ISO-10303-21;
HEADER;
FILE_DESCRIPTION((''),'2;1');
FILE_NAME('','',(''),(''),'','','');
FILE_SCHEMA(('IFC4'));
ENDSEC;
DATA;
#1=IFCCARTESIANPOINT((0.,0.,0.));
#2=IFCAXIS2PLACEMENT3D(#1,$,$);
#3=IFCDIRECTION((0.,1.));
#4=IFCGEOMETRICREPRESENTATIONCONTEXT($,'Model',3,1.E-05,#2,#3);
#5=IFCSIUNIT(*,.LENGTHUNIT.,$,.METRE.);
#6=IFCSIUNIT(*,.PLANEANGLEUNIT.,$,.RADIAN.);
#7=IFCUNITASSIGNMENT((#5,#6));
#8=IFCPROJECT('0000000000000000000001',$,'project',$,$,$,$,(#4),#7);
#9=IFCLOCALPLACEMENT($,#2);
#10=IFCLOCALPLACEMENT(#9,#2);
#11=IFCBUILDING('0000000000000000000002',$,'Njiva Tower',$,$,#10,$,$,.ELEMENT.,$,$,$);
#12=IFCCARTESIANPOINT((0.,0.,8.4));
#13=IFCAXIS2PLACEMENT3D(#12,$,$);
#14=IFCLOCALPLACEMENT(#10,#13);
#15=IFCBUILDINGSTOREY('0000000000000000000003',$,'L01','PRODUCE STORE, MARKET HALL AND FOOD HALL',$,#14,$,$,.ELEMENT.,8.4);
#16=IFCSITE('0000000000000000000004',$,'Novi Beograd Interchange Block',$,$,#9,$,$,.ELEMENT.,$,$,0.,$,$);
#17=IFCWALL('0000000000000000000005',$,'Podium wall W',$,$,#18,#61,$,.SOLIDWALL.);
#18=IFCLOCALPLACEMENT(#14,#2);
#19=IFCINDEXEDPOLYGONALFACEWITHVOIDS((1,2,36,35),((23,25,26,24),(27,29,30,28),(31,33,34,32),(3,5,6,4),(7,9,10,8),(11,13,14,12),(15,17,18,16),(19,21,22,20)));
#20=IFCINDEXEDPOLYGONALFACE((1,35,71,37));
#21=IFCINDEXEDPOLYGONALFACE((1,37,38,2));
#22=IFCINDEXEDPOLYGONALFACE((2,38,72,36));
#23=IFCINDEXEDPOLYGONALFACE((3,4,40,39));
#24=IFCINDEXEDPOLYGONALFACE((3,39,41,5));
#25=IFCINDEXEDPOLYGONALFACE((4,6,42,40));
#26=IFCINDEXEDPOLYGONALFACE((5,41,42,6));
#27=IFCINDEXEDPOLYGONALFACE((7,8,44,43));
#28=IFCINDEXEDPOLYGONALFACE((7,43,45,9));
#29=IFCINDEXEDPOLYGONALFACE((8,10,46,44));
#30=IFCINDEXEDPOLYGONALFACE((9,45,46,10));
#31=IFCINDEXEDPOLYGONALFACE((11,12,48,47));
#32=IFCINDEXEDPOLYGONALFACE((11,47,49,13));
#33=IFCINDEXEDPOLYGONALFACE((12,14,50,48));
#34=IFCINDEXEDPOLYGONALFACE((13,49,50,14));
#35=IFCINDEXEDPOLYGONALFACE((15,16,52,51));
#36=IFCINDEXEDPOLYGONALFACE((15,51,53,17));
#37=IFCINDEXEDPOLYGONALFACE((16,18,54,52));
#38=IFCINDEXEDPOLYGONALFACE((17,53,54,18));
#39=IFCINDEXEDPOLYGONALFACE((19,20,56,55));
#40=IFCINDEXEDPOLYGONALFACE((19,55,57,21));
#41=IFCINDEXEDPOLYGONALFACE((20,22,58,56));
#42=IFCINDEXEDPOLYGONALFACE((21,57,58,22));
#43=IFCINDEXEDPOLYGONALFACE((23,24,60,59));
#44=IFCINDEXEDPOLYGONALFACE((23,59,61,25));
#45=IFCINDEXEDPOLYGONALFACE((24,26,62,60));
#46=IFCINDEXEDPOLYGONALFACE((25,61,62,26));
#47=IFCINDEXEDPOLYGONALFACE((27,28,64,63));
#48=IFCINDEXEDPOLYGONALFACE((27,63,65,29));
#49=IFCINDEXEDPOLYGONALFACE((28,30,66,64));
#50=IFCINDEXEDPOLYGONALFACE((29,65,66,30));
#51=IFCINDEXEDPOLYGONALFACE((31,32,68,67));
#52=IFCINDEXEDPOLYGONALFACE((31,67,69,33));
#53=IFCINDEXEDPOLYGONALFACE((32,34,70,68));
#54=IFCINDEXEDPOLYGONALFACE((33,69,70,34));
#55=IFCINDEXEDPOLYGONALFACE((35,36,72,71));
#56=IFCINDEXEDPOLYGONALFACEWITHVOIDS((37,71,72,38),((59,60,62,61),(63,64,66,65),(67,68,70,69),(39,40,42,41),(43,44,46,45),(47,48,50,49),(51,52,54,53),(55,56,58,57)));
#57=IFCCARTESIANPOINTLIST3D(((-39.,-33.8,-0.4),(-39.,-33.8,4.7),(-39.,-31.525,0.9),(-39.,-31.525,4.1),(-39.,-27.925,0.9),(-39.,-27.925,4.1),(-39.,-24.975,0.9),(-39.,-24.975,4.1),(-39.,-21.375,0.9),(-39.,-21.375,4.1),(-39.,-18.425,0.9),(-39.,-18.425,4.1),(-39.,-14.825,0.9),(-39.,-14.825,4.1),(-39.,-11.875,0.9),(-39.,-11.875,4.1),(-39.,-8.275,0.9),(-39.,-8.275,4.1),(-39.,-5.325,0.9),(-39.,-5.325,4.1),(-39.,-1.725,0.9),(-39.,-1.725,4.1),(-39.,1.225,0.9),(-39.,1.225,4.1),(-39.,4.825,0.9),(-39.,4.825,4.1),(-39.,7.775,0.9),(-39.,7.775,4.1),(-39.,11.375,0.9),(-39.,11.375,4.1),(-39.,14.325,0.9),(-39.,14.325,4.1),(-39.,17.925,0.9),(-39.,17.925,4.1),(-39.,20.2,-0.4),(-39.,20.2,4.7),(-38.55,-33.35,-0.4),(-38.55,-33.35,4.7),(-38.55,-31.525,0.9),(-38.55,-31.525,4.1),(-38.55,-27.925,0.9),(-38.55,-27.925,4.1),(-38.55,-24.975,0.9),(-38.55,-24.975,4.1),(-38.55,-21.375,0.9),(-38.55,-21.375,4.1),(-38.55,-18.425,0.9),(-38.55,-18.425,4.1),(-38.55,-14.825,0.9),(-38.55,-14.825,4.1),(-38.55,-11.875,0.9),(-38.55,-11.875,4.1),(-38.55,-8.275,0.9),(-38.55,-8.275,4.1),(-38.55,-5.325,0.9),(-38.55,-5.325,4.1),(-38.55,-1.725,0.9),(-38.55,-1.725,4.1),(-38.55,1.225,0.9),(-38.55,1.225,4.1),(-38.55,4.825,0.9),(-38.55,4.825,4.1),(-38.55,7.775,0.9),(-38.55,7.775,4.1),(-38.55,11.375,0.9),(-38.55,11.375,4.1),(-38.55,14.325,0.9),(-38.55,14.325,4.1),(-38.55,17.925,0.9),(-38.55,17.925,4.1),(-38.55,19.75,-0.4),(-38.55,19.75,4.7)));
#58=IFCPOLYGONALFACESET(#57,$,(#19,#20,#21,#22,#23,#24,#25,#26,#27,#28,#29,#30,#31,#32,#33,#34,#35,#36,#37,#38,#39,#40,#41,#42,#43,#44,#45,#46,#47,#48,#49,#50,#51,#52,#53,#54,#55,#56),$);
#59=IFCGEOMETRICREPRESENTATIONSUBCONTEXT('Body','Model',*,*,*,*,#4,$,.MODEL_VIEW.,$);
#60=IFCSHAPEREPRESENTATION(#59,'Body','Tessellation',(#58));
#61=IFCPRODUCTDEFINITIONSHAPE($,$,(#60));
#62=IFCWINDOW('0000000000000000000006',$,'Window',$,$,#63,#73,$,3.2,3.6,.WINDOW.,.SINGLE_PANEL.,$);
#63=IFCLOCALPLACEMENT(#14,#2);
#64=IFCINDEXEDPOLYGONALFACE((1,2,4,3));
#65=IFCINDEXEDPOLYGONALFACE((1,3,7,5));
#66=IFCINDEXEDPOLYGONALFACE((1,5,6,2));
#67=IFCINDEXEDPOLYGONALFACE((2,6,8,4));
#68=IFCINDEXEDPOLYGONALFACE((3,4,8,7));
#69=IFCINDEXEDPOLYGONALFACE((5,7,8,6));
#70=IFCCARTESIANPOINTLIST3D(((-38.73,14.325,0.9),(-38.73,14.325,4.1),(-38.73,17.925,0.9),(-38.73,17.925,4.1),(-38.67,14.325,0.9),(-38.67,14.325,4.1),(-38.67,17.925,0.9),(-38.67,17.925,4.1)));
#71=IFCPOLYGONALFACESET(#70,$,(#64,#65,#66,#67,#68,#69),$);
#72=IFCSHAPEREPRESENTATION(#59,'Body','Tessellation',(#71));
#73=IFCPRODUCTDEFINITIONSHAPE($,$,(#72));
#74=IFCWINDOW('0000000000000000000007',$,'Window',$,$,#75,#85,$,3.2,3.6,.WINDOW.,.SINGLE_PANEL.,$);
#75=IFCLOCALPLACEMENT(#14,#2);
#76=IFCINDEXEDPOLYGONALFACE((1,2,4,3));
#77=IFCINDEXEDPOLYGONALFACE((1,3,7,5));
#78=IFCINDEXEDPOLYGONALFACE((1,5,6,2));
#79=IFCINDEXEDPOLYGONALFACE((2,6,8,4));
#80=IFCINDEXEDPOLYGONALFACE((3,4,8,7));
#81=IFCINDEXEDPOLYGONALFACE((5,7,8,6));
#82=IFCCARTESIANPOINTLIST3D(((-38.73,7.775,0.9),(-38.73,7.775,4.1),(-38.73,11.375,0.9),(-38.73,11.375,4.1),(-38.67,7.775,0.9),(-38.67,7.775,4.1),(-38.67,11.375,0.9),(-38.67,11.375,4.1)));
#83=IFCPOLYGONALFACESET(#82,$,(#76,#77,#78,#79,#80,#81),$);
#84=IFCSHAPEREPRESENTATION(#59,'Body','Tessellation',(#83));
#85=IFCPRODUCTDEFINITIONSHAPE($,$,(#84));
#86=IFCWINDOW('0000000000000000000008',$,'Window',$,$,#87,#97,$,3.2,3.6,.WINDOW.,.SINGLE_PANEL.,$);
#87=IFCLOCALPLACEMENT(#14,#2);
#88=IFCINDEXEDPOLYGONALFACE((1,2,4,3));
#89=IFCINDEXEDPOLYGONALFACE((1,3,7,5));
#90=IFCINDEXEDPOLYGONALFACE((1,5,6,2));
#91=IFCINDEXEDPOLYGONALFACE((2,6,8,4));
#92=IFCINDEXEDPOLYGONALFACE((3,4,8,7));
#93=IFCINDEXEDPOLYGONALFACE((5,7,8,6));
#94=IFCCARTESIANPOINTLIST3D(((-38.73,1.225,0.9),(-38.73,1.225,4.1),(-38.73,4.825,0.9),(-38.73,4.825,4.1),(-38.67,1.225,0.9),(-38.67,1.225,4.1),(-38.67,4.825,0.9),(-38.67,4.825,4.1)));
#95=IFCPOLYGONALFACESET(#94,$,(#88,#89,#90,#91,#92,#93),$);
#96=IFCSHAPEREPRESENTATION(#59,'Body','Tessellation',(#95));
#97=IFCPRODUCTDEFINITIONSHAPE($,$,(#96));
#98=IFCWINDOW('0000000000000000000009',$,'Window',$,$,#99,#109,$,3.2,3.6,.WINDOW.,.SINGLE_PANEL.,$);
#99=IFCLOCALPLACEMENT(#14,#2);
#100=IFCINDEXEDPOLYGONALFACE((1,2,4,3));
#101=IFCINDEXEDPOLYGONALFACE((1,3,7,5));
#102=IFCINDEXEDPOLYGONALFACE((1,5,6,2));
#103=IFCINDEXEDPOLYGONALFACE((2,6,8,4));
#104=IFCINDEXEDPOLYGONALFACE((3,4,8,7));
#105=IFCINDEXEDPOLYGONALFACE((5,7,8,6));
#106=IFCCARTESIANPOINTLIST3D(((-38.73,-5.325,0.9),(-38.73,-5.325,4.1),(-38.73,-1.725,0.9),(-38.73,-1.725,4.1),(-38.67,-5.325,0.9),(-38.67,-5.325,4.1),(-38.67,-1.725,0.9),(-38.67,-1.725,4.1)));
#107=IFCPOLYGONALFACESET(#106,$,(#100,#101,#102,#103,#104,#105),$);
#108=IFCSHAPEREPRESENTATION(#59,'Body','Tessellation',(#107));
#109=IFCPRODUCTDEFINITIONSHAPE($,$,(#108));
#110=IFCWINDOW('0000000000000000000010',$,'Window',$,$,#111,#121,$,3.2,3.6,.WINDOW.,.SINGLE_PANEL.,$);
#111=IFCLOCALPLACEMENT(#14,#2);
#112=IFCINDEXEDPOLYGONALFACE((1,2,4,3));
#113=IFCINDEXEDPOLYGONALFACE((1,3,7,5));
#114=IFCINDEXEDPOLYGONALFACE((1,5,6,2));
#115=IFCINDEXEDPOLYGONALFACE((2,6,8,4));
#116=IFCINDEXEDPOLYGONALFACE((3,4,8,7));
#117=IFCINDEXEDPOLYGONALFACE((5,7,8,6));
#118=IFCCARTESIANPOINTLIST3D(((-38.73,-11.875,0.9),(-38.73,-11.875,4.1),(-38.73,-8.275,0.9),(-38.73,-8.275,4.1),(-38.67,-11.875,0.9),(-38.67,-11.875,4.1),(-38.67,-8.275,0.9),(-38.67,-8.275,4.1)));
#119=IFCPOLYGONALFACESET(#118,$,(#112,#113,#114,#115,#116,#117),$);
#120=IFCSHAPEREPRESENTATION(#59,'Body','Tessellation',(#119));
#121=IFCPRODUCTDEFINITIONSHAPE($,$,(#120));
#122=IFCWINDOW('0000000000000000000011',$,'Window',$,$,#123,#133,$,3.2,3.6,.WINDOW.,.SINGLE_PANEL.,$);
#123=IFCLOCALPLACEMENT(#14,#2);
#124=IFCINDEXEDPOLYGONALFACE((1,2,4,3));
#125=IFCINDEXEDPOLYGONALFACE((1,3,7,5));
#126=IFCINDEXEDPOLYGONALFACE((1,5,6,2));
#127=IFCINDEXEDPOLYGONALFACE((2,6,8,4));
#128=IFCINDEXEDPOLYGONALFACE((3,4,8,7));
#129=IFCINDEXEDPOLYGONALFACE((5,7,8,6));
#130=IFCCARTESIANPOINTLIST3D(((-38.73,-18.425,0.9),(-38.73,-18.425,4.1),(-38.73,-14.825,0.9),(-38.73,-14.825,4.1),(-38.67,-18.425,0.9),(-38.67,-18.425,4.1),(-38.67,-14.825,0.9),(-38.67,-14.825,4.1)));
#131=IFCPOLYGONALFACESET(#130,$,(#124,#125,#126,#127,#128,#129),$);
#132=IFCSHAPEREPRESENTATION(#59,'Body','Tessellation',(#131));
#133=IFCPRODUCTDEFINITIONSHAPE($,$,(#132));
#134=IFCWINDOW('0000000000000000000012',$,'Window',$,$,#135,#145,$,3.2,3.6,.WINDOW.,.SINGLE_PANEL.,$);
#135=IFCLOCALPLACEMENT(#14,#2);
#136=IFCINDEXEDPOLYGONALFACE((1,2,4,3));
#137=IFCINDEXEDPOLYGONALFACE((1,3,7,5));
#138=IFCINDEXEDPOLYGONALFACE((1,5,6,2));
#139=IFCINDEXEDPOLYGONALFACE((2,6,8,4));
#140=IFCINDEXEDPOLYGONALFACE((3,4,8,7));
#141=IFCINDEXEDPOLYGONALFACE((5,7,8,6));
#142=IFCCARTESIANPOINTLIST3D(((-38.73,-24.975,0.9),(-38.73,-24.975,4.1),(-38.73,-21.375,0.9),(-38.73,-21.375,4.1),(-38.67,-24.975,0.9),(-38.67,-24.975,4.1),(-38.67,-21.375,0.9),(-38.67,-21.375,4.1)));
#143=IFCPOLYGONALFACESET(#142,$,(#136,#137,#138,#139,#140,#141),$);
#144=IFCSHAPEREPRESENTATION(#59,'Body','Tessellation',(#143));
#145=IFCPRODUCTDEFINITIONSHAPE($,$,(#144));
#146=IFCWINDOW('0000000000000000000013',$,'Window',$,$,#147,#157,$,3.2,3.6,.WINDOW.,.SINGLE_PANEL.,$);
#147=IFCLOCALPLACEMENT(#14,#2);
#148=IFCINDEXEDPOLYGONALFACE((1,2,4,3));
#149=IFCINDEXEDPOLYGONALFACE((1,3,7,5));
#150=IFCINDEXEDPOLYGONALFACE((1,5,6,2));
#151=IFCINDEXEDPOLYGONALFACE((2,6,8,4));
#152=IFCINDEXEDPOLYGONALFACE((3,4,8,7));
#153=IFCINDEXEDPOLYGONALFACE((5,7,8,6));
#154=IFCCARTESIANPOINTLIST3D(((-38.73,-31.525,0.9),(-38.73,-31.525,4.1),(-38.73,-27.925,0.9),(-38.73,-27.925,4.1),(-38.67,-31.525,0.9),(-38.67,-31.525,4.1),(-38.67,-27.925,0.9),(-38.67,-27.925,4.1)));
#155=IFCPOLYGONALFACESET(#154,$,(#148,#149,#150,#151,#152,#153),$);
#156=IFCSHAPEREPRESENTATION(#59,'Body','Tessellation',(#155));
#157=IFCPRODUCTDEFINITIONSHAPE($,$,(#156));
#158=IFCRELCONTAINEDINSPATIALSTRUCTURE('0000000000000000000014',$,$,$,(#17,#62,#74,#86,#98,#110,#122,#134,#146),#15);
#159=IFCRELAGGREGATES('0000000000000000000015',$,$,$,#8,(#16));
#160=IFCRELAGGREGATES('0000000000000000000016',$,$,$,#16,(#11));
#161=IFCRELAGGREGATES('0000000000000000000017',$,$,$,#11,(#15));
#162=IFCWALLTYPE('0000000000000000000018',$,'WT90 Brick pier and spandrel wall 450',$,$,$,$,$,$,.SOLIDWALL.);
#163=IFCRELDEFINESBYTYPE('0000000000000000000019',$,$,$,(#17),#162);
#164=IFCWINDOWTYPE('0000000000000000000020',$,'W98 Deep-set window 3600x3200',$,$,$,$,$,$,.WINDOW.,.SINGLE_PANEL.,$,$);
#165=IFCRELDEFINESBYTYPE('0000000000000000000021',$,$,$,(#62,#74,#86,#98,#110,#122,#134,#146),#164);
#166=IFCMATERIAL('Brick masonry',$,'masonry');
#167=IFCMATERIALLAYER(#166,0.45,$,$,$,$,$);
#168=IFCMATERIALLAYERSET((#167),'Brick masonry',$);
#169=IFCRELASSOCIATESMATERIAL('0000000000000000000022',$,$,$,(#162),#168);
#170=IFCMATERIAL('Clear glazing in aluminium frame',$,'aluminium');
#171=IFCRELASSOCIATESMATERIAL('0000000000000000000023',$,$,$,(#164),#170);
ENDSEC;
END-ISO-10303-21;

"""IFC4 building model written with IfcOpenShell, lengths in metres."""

from ifc_helpers import new_model, si_unit, direction, frame, frame_2d, origin, place, context, subcontext, project, spatial, polyline, rectangle, outline, extrude, material, layer, layer_set, type_object, element, fill, save


model = new_model("IFC4")

# Units and contexts
model_context = context("Model", 3, precision=1e-05, world=origin(), true_north=direction((0.0, 1.0)))
body_context = subcontext(model_context, "Body", "Model", "MODEL_VIEW")
ifc_project = project(units=[si_unit("LENGTHUNIT", "METRE"), si_unit("PLANEANGLEUNIT", "RADIAN")], contexts=[model_context])

# Site, building, storey
site_placement = place(None, origin())
site = spatial("IfcSite", under=ifc_project, at=site_placement, Name="Novi Beograd Interchange Block", CompositionType="ELEMENT", RefElevation=0.0)
building_placement = place(site_placement, origin())
building = spatial("IfcBuilding", under=site, at=building_placement, Name="Njiva Tower", CompositionType="ELEMENT")
storey_placement = place(building_placement, frame((0.0, 0.0, 8.4)))
storey = spatial("IfcBuildingStorey", under=building, at=storey_placement, Name="L01", Description="PRODUCE STORE, MARKET HALL AND FOOD HALL", CompositionType="ELEMENT", Elevation=8.4)

# Wall, openings, windows
ifc_material_1 = material(Name="Brick masonry", Category="masonry")
ifc_layer = layer(ifc_material_1, 0.45)
ifc_layer_set = layer_set([ifc_layer], Name="Brick masonry")
wall_type = type_object("IfcWallType", Name="WT90 Brick pier and spandrel wall 450", PredefinedType="SOLIDWALL", material=ifc_layer_set)
wall_placement = place(storey_placement, frame((-38.775, 19.975, -0.4), z_axis=(0.0, 0.0, 1.0), x_axis=(0.0, -1.0, 0.0)))
wall = element("IfcWall", 1, at=wall_placement, inside=storey, type_object=wall_type, Name="Podium wall W", PredefinedType="SOLIDWALL", context=body_context, shape_type="SweptSolid", body=[
    extrude(outline(polyline([(-0.225, -0.225), (53.775, -0.225), (53.325, 0.225), (0.225, 0.225), (-0.225, -0.225)])), origin(), (0.0, 0.0, 1.0), 5.1),
])
opening_1_placement = place(wall_placement, frame((2.05, 0.0, 1.3)))
opening_1 = element("IfcOpeningElement", 2, at=opening_1_placement, cuts=wall, PredefinedType="OPENING", context=body_context, shape_type="SweptSolid", body=[
    extrude(rectangle(XDim=3.6, YDim=3.2, at=frame_2d((1.8, 1.6))), frame((0.0, 0.235, 0.0), z_axis=(0.0, -1.0, 0.0), x_axis=(1.0, 0.0, 0.0)), (0.0, 0.0, 1.0), 0.47),
])
opening_2_placement = place(wall_placement, frame((8.6, 0.0, 1.3)))
opening_2 = element("IfcOpeningElement", 3, at=opening_2_placement, cuts=wall, PredefinedType="OPENING", context=body_context, shape_type="SweptSolid", body=[
    extrude(rectangle(XDim=3.6, YDim=3.2, at=frame_2d((1.8, 1.6))), frame((0.0, 0.235, 0.0), z_axis=(0.0, -1.0, 0.0), x_axis=(1.0, 0.0, 0.0)), (0.0, 0.0, 1.0), 0.47),
])
opening_3_placement = place(wall_placement, frame((15.15, 0.0, 1.3)))
opening_3 = element("IfcOpeningElement", 4, at=opening_3_placement, cuts=wall, PredefinedType="OPENING", context=body_context, shape_type="SweptSolid", body=[
    extrude(rectangle(XDim=3.6, YDim=3.2, at=frame_2d((1.8, 1.6))), frame((0.0, 0.235, 0.0), z_axis=(0.0, -1.0, 0.0), x_axis=(1.0, 0.0, 0.0)), (0.0, 0.0, 1.0), 0.47),
])
opening_4_placement = place(wall_placement, frame((21.7, 0.0, 1.3)))
opening_4 = element("IfcOpeningElement", 5, at=opening_4_placement, cuts=wall, PredefinedType="OPENING", context=body_context, shape_type="SweptSolid", body=[
    extrude(rectangle(XDim=3.6, YDim=3.2, at=frame_2d((1.8, 1.6))), frame((0.0, 0.235, 0.0), z_axis=(0.0, -1.0, 0.0), x_axis=(1.0, 0.0, 0.0)), (0.0, 0.0, 1.0), 0.47),
])
opening_5_placement = place(wall_placement, frame((28.25, 0.0, 1.3)))
opening_5 = element("IfcOpeningElement", 6, at=opening_5_placement, cuts=wall, PredefinedType="OPENING", context=body_context, shape_type="SweptSolid", body=[
    extrude(rectangle(XDim=3.6, YDim=3.2, at=frame_2d((1.8, 1.6))), frame((0.0, 0.235, 0.0), z_axis=(0.0, -1.0, 0.0), x_axis=(1.0, 0.0, 0.0)), (0.0, 0.0, 1.0), 0.47),
])
opening_6_placement = place(wall_placement, frame((34.8, 0.0, 1.3)))
opening_6 = element("IfcOpeningElement", 7, at=opening_6_placement, cuts=wall, PredefinedType="OPENING", context=body_context, shape_type="SweptSolid", body=[
    extrude(rectangle(XDim=3.6, YDim=3.2, at=frame_2d((1.8, 1.6))), frame((0.0, 0.235, 0.0), z_axis=(0.0, -1.0, 0.0), x_axis=(1.0, 0.0, 0.0)), (0.0, 0.0, 1.0), 0.47),
])
opening_7_placement = place(wall_placement, frame((41.35, 0.0, 1.3)))
opening_7 = element("IfcOpeningElement", 8, at=opening_7_placement, cuts=wall, PredefinedType="OPENING", context=body_context, shape_type="SweptSolid", body=[
    extrude(rectangle(XDim=3.6, YDim=3.2, at=frame_2d((1.8, 1.6))), frame((0.0, 0.235, 0.0), z_axis=(0.0, -1.0, 0.0), x_axis=(1.0, 0.0, 0.0)), (0.0, 0.0, 1.0), 0.47),
])
opening_8_placement = place(wall_placement, frame((47.9, 0.0, 1.3)))
opening_8 = element("IfcOpeningElement", 9, at=opening_8_placement, cuts=wall, PredefinedType="OPENING", context=body_context, shape_type="SweptSolid", body=[
    extrude(rectangle(XDim=3.6, YDim=3.2, at=frame_2d((1.8, 1.6))), frame((0.0, 0.235, 0.0), z_axis=(0.0, -1.0, 0.0), x_axis=(1.0, 0.0, 0.0)), (0.0, 0.0, 1.0), 0.47),
])
ifc_material_2 = material(Name="Clear glazing in aluminium frame", Category="aluminium")
window_type = type_object("IfcWindowType", Name="W98 Deep-set window 3600x3200", PartitioningType="SINGLE_PANEL", PredefinedType="WINDOW", material=ifc_material_2)
window_1_placement = place(opening_1_placement, origin())
window_1 = element("IfcWindow", 10, at=window_1_placement, inside=storey, type_object=window_type, Name="Window", OverallHeight=3.2, OverallWidth=3.6, PartitioningType="SINGLE_PANEL", PredefinedType="WINDOW", context=body_context, shape_type="SweptSolid", body=[
    extrude(rectangle(XDim=3.6, YDim=3.2, at=frame_2d((1.8, 1.6))), frame((0.0, 0.105, 0.0), z_axis=(0.0, -1.0, 0.0), x_axis=(1.0, 0.0, 0.0)), (0.0, 0.0, 1.0), 0.06),
])
fill(opening_1, window_1)
window_2_placement = place(opening_2_placement, origin())
window_2 = element("IfcWindow", 11, at=window_2_placement, inside=storey, type_object=window_type, Name="Window", OverallHeight=3.2, OverallWidth=3.6, PartitioningType="SINGLE_PANEL", PredefinedType="WINDOW", context=body_context, shape_type="SweptSolid", body=[
    extrude(rectangle(XDim=3.6, YDim=3.2, at=frame_2d((1.8, 1.6))), frame((0.0, 0.105, 0.0), z_axis=(0.0, -1.0, 0.0), x_axis=(1.0, 0.0, 0.0)), (0.0, 0.0, 1.0), 0.06),
])
fill(opening_2, window_2)
window_3_placement = place(opening_3_placement, origin())
window_3 = element("IfcWindow", 12, at=window_3_placement, inside=storey, type_object=window_type, Name="Window", OverallHeight=3.2, OverallWidth=3.6, PartitioningType="SINGLE_PANEL", PredefinedType="WINDOW", context=body_context, shape_type="SweptSolid", body=[
    extrude(rectangle(XDim=3.6, YDim=3.2, at=frame_2d((1.8, 1.6))), frame((0.0, 0.105, 0.0), z_axis=(0.0, -1.0, 0.0), x_axis=(1.0, 0.0, 0.0)), (0.0, 0.0, 1.0), 0.06),
])
fill(opening_3, window_3)
window_4_placement = place(opening_4_placement, origin())
window_4 = element("IfcWindow", 13, at=window_4_placement, inside=storey, type_object=window_type, Name="Window", OverallHeight=3.2, OverallWidth=3.6, PartitioningType="SINGLE_PANEL", PredefinedType="WINDOW", context=body_context, shape_type="SweptSolid", body=[
    extrude(rectangle(XDim=3.6, YDim=3.2, at=frame_2d((1.8, 1.6))), frame((0.0, 0.105, 0.0), z_axis=(0.0, -1.0, 0.0), x_axis=(1.0, 0.0, 0.0)), (0.0, 0.0, 1.0), 0.06),
])
fill(opening_4, window_4)
window_5_placement = place(opening_5_placement, origin())
window_5 = element("IfcWindow", 14, at=window_5_placement, inside=storey, type_object=window_type, Name="Window", OverallHeight=3.2, OverallWidth=3.6, PartitioningType="SINGLE_PANEL", PredefinedType="WINDOW", context=body_context, shape_type="SweptSolid", body=[
    extrude(rectangle(XDim=3.6, YDim=3.2, at=frame_2d((1.8, 1.6))), frame((0.0, 0.105, 0.0), z_axis=(0.0, -1.0, 0.0), x_axis=(1.0, 0.0, 0.0)), (0.0, 0.0, 1.0), 0.06),
])
fill(opening_5, window_5)
window_6_placement = place(opening_6_placement, origin())
window_6 = element("IfcWindow", 15, at=window_6_placement, inside=storey, type_object=window_type, Name="Window", OverallHeight=3.2, OverallWidth=3.6, PartitioningType="SINGLE_PANEL", PredefinedType="WINDOW", context=body_context, shape_type="SweptSolid", body=[
    extrude(rectangle(XDim=3.6, YDim=3.2, at=frame_2d((1.8, 1.6))), frame((0.0, 0.105, 0.0), z_axis=(0.0, -1.0, 0.0), x_axis=(1.0, 0.0, 0.0)), (0.0, 0.0, 1.0), 0.06),
])
fill(opening_6, window_6)
window_7_placement = place(opening_7_placement, origin())
window_7 = element("IfcWindow", 16, at=window_7_placement, inside=storey, type_object=window_type, Name="Window", OverallHeight=3.2, OverallWidth=3.6, PartitioningType="SINGLE_PANEL", PredefinedType="WINDOW", context=body_context, shape_type="SweptSolid", body=[
    extrude(rectangle(XDim=3.6, YDim=3.2, at=frame_2d((1.8, 1.6))), frame((0.0, 0.105, 0.0), z_axis=(0.0, -1.0, 0.0), x_axis=(1.0, 0.0, 0.0)), (0.0, 0.0, 1.0), 0.06),
])
fill(opening_7, window_7)
window_8_placement = place(opening_8_placement, origin())
window_8 = element("IfcWindow", 17, at=window_8_placement, inside=storey, type_object=window_type, Name="Window", OverallHeight=3.2, OverallWidth=3.6, PartitioningType="SINGLE_PANEL", PredefinedType="WINDOW", context=body_context, shape_type="SweptSolid", body=[
    extrude(rectangle(XDim=3.6, YDim=3.2, at=frame_2d((1.8, 1.6))), frame((0.0, 0.105, 0.0), z_axis=(0.0, -1.0, 0.0), x_axis=(1.0, 0.0, 0.0)), (0.0, 0.0, 1.0), 0.06),
])
fill(opening_8, window_8)

save(model, "model.ifc")
